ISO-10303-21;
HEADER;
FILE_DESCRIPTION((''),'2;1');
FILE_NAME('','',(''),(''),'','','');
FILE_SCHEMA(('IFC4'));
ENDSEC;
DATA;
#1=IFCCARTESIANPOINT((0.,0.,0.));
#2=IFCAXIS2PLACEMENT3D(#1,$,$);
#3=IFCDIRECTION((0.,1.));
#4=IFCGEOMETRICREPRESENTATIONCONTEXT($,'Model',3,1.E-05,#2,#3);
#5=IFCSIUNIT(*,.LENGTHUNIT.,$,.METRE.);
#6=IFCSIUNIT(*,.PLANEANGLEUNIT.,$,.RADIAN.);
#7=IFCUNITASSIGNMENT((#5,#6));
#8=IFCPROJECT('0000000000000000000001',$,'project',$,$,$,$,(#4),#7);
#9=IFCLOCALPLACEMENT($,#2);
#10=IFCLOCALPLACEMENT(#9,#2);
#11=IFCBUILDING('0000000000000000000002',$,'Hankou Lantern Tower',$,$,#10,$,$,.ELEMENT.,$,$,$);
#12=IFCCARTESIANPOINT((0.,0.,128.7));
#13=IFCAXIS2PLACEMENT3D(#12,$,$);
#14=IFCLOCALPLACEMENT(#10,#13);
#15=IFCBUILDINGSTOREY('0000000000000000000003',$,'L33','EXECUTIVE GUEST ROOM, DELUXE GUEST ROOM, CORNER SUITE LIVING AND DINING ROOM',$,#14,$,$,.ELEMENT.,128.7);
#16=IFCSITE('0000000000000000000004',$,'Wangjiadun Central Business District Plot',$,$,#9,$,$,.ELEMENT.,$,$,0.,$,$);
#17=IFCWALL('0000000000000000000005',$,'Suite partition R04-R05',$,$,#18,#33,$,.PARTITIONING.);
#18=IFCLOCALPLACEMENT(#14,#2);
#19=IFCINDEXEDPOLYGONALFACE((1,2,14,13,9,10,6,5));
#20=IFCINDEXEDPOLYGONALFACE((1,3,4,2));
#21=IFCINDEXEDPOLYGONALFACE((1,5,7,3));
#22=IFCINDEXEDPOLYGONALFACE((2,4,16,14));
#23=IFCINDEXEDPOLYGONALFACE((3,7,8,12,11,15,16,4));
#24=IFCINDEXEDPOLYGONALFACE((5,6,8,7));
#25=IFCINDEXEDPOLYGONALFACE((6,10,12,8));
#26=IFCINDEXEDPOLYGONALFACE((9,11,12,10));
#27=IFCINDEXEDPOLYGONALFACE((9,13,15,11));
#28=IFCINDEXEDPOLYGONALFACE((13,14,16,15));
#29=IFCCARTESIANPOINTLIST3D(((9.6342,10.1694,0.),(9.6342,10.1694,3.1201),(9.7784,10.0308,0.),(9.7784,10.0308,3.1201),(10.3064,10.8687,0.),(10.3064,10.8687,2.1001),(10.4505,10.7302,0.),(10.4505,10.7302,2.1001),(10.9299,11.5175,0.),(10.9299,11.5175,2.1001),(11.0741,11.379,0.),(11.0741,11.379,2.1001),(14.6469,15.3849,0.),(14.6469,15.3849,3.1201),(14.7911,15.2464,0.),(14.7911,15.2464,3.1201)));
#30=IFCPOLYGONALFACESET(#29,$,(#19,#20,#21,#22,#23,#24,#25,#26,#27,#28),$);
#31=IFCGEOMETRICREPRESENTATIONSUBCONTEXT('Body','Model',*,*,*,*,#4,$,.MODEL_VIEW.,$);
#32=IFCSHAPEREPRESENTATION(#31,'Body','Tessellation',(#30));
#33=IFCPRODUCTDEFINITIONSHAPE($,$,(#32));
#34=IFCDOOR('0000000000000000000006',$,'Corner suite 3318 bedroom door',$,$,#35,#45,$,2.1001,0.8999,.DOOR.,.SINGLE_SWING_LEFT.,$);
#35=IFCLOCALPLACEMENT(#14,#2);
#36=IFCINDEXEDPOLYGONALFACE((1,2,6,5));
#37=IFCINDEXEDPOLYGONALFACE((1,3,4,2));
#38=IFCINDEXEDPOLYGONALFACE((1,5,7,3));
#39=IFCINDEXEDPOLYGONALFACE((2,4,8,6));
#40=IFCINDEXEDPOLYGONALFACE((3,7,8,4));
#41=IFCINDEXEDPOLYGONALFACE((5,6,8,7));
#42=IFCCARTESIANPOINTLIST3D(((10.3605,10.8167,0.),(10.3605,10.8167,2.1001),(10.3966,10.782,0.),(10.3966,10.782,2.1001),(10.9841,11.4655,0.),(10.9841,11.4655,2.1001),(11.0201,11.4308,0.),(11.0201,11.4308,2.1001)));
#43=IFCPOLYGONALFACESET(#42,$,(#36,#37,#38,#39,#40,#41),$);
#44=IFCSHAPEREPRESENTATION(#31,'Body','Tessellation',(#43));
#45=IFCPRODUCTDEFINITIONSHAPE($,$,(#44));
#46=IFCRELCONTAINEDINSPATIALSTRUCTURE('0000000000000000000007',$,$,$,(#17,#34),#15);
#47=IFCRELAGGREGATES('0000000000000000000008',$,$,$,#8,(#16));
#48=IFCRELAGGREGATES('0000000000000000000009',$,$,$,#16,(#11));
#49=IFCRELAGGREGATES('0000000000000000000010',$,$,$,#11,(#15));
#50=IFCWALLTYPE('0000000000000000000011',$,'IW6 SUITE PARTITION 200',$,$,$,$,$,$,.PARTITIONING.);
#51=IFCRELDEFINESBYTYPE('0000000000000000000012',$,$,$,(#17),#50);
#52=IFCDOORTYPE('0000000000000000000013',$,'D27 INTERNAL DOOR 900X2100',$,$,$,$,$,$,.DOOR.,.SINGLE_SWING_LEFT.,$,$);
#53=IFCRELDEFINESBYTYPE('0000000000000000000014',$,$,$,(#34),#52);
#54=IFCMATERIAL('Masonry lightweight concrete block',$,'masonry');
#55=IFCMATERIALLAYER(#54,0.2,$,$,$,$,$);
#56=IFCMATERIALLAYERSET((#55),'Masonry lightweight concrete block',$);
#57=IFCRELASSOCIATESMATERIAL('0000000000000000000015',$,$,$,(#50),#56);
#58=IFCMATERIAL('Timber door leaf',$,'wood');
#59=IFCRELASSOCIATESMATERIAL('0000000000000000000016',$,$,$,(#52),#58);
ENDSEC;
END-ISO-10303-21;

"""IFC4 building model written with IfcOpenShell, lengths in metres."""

from ifc_helpers import new_model, si_unit, direction, frame, frame_2d, origin, place, context, subcontext, project, spatial, rectangle, extrude, material, layer, layer_set, type_object, element, fill, save


model = new_model("IFC4")

# Units and contexts
model_context = context("Model", 3, precision=1e-05, world=origin(), true_north=direction((0.0, 1.0)))
body_context = subcontext(model_context, "Body", "Model", "MODEL_VIEW")
ifc_project = project(units=[si_unit("LENGTHUNIT", "METRE"), si_unit("PLANEANGLEUNIT", "RADIAN")], contexts=[model_context])

# Site, building, storey
site_placement = place(None, origin())
site = spatial("IfcSite", under=ifc_project, at=site_placement, Name="Wangjiadun Central Business District Plot", CompositionType="ELEMENT", RefElevation=0.0)
building_placement = place(site_placement, origin())
building = spatial("IfcBuilding", under=site, at=building_placement, Name="Hankou Lantern Tower", CompositionType="ELEMENT")
storey_placement = place(building_placement, frame((0.0, 0.0, 128.7)))
storey = spatial("IfcBuildingStorey", under=building, at=storey_placement, Name="L33", Description="EXECUTIVE GUEST ROOM, DELUXE GUEST ROOM, CORNER SUITE LIVING AND DINING ROOM", CompositionType="ELEMENT", Elevation=128.7)

# Wall, opening, door
ifc_material_1 = material(Name="Masonry lightweight concrete block", Category="masonry")
ifc_layer_1 = layer(ifc_material_1, 0.2)
ifc_layer_set_1 = layer_set([ifc_layer_1], Name="Masonry lightweight concrete block")
wall_type_1 = type_object("IfcWallType", Name="IW6 SUITE PARTITION 200", PredefinedType="PARTITIONING", material=ifc_layer_set_1)
wall_1_placement = place(storey_placement, frame((9.7063, 10.1001, 0.0), z_axis=(0.0, 0.0, 1.0), x_axis=(0.692945, 0.720991, 0.0)))
wall_1 = element("IfcWall", 1, at=wall_1_placement, inside=storey, type_object=wall_type_1, Name="Suite partition R04-R05", PredefinedType="PARTITIONING", context=body_context, shape_type="SweptSolid", body=[
    extrude(rectangle(XDim=7.2339, YDim=0.2, at=frame_2d((3.6169, 0.0))), origin(), (0.0, 0.0, 1.0), 3.1201),
])
opening_1_placement = place(wall_1_placement, frame((0.97, 0.0, 0.0)))
opening_1 = element("IfcOpeningElement", 2, at=opening_1_placement, cuts=wall_1, PredefinedType="OPENING", context=body_context, shape_type="SweptSolid", body=[
    extrude(rectangle(XDim=0.8999, YDim=2.1001, at=frame_2d((0.45, 1.05))), frame((0.0, 0.1099, 0.0), z_axis=(0.0, -1.0, 0.0), x_axis=(1.0, 0.0, 0.0)), (0.0, 0.0, 1.0), 0.22),
])
ifc_material_2 = material(Name="Timber door leaf", Category="wood")
door_type = type_object("IfcDoorType", Name="D27 INTERNAL DOOR 900X2100", OperationType="SINGLE_SWING_LEFT", PredefinedType="DOOR", material=ifc_material_2)
door_placement = place(opening_1_placement, origin())
door = element("IfcDoor", 3, at=door_placement, inside=storey, type_object=door_type, Name="Corner suite 3318 bedroom door", OperationType="SINGLE_SWING_LEFT", OverallHeight=2.1001, OverallWidth=0.8999, PredefinedType="DOOR", context=body_context, shape_type="SweptSolid", body=[
    extrude(rectangle(XDim=0.8999, YDim=2.1001, at=frame_2d((0.45, 1.05))), frame((0.0, 0.0249, 0.0), z_axis=(0.0, -1.0, 0.0), x_axis=(1.0, 0.0, 0.0)), (0.0, 0.0, 1.0), 0.05),
])
fill(opening_1, door)

save(model, "model.ifc")
